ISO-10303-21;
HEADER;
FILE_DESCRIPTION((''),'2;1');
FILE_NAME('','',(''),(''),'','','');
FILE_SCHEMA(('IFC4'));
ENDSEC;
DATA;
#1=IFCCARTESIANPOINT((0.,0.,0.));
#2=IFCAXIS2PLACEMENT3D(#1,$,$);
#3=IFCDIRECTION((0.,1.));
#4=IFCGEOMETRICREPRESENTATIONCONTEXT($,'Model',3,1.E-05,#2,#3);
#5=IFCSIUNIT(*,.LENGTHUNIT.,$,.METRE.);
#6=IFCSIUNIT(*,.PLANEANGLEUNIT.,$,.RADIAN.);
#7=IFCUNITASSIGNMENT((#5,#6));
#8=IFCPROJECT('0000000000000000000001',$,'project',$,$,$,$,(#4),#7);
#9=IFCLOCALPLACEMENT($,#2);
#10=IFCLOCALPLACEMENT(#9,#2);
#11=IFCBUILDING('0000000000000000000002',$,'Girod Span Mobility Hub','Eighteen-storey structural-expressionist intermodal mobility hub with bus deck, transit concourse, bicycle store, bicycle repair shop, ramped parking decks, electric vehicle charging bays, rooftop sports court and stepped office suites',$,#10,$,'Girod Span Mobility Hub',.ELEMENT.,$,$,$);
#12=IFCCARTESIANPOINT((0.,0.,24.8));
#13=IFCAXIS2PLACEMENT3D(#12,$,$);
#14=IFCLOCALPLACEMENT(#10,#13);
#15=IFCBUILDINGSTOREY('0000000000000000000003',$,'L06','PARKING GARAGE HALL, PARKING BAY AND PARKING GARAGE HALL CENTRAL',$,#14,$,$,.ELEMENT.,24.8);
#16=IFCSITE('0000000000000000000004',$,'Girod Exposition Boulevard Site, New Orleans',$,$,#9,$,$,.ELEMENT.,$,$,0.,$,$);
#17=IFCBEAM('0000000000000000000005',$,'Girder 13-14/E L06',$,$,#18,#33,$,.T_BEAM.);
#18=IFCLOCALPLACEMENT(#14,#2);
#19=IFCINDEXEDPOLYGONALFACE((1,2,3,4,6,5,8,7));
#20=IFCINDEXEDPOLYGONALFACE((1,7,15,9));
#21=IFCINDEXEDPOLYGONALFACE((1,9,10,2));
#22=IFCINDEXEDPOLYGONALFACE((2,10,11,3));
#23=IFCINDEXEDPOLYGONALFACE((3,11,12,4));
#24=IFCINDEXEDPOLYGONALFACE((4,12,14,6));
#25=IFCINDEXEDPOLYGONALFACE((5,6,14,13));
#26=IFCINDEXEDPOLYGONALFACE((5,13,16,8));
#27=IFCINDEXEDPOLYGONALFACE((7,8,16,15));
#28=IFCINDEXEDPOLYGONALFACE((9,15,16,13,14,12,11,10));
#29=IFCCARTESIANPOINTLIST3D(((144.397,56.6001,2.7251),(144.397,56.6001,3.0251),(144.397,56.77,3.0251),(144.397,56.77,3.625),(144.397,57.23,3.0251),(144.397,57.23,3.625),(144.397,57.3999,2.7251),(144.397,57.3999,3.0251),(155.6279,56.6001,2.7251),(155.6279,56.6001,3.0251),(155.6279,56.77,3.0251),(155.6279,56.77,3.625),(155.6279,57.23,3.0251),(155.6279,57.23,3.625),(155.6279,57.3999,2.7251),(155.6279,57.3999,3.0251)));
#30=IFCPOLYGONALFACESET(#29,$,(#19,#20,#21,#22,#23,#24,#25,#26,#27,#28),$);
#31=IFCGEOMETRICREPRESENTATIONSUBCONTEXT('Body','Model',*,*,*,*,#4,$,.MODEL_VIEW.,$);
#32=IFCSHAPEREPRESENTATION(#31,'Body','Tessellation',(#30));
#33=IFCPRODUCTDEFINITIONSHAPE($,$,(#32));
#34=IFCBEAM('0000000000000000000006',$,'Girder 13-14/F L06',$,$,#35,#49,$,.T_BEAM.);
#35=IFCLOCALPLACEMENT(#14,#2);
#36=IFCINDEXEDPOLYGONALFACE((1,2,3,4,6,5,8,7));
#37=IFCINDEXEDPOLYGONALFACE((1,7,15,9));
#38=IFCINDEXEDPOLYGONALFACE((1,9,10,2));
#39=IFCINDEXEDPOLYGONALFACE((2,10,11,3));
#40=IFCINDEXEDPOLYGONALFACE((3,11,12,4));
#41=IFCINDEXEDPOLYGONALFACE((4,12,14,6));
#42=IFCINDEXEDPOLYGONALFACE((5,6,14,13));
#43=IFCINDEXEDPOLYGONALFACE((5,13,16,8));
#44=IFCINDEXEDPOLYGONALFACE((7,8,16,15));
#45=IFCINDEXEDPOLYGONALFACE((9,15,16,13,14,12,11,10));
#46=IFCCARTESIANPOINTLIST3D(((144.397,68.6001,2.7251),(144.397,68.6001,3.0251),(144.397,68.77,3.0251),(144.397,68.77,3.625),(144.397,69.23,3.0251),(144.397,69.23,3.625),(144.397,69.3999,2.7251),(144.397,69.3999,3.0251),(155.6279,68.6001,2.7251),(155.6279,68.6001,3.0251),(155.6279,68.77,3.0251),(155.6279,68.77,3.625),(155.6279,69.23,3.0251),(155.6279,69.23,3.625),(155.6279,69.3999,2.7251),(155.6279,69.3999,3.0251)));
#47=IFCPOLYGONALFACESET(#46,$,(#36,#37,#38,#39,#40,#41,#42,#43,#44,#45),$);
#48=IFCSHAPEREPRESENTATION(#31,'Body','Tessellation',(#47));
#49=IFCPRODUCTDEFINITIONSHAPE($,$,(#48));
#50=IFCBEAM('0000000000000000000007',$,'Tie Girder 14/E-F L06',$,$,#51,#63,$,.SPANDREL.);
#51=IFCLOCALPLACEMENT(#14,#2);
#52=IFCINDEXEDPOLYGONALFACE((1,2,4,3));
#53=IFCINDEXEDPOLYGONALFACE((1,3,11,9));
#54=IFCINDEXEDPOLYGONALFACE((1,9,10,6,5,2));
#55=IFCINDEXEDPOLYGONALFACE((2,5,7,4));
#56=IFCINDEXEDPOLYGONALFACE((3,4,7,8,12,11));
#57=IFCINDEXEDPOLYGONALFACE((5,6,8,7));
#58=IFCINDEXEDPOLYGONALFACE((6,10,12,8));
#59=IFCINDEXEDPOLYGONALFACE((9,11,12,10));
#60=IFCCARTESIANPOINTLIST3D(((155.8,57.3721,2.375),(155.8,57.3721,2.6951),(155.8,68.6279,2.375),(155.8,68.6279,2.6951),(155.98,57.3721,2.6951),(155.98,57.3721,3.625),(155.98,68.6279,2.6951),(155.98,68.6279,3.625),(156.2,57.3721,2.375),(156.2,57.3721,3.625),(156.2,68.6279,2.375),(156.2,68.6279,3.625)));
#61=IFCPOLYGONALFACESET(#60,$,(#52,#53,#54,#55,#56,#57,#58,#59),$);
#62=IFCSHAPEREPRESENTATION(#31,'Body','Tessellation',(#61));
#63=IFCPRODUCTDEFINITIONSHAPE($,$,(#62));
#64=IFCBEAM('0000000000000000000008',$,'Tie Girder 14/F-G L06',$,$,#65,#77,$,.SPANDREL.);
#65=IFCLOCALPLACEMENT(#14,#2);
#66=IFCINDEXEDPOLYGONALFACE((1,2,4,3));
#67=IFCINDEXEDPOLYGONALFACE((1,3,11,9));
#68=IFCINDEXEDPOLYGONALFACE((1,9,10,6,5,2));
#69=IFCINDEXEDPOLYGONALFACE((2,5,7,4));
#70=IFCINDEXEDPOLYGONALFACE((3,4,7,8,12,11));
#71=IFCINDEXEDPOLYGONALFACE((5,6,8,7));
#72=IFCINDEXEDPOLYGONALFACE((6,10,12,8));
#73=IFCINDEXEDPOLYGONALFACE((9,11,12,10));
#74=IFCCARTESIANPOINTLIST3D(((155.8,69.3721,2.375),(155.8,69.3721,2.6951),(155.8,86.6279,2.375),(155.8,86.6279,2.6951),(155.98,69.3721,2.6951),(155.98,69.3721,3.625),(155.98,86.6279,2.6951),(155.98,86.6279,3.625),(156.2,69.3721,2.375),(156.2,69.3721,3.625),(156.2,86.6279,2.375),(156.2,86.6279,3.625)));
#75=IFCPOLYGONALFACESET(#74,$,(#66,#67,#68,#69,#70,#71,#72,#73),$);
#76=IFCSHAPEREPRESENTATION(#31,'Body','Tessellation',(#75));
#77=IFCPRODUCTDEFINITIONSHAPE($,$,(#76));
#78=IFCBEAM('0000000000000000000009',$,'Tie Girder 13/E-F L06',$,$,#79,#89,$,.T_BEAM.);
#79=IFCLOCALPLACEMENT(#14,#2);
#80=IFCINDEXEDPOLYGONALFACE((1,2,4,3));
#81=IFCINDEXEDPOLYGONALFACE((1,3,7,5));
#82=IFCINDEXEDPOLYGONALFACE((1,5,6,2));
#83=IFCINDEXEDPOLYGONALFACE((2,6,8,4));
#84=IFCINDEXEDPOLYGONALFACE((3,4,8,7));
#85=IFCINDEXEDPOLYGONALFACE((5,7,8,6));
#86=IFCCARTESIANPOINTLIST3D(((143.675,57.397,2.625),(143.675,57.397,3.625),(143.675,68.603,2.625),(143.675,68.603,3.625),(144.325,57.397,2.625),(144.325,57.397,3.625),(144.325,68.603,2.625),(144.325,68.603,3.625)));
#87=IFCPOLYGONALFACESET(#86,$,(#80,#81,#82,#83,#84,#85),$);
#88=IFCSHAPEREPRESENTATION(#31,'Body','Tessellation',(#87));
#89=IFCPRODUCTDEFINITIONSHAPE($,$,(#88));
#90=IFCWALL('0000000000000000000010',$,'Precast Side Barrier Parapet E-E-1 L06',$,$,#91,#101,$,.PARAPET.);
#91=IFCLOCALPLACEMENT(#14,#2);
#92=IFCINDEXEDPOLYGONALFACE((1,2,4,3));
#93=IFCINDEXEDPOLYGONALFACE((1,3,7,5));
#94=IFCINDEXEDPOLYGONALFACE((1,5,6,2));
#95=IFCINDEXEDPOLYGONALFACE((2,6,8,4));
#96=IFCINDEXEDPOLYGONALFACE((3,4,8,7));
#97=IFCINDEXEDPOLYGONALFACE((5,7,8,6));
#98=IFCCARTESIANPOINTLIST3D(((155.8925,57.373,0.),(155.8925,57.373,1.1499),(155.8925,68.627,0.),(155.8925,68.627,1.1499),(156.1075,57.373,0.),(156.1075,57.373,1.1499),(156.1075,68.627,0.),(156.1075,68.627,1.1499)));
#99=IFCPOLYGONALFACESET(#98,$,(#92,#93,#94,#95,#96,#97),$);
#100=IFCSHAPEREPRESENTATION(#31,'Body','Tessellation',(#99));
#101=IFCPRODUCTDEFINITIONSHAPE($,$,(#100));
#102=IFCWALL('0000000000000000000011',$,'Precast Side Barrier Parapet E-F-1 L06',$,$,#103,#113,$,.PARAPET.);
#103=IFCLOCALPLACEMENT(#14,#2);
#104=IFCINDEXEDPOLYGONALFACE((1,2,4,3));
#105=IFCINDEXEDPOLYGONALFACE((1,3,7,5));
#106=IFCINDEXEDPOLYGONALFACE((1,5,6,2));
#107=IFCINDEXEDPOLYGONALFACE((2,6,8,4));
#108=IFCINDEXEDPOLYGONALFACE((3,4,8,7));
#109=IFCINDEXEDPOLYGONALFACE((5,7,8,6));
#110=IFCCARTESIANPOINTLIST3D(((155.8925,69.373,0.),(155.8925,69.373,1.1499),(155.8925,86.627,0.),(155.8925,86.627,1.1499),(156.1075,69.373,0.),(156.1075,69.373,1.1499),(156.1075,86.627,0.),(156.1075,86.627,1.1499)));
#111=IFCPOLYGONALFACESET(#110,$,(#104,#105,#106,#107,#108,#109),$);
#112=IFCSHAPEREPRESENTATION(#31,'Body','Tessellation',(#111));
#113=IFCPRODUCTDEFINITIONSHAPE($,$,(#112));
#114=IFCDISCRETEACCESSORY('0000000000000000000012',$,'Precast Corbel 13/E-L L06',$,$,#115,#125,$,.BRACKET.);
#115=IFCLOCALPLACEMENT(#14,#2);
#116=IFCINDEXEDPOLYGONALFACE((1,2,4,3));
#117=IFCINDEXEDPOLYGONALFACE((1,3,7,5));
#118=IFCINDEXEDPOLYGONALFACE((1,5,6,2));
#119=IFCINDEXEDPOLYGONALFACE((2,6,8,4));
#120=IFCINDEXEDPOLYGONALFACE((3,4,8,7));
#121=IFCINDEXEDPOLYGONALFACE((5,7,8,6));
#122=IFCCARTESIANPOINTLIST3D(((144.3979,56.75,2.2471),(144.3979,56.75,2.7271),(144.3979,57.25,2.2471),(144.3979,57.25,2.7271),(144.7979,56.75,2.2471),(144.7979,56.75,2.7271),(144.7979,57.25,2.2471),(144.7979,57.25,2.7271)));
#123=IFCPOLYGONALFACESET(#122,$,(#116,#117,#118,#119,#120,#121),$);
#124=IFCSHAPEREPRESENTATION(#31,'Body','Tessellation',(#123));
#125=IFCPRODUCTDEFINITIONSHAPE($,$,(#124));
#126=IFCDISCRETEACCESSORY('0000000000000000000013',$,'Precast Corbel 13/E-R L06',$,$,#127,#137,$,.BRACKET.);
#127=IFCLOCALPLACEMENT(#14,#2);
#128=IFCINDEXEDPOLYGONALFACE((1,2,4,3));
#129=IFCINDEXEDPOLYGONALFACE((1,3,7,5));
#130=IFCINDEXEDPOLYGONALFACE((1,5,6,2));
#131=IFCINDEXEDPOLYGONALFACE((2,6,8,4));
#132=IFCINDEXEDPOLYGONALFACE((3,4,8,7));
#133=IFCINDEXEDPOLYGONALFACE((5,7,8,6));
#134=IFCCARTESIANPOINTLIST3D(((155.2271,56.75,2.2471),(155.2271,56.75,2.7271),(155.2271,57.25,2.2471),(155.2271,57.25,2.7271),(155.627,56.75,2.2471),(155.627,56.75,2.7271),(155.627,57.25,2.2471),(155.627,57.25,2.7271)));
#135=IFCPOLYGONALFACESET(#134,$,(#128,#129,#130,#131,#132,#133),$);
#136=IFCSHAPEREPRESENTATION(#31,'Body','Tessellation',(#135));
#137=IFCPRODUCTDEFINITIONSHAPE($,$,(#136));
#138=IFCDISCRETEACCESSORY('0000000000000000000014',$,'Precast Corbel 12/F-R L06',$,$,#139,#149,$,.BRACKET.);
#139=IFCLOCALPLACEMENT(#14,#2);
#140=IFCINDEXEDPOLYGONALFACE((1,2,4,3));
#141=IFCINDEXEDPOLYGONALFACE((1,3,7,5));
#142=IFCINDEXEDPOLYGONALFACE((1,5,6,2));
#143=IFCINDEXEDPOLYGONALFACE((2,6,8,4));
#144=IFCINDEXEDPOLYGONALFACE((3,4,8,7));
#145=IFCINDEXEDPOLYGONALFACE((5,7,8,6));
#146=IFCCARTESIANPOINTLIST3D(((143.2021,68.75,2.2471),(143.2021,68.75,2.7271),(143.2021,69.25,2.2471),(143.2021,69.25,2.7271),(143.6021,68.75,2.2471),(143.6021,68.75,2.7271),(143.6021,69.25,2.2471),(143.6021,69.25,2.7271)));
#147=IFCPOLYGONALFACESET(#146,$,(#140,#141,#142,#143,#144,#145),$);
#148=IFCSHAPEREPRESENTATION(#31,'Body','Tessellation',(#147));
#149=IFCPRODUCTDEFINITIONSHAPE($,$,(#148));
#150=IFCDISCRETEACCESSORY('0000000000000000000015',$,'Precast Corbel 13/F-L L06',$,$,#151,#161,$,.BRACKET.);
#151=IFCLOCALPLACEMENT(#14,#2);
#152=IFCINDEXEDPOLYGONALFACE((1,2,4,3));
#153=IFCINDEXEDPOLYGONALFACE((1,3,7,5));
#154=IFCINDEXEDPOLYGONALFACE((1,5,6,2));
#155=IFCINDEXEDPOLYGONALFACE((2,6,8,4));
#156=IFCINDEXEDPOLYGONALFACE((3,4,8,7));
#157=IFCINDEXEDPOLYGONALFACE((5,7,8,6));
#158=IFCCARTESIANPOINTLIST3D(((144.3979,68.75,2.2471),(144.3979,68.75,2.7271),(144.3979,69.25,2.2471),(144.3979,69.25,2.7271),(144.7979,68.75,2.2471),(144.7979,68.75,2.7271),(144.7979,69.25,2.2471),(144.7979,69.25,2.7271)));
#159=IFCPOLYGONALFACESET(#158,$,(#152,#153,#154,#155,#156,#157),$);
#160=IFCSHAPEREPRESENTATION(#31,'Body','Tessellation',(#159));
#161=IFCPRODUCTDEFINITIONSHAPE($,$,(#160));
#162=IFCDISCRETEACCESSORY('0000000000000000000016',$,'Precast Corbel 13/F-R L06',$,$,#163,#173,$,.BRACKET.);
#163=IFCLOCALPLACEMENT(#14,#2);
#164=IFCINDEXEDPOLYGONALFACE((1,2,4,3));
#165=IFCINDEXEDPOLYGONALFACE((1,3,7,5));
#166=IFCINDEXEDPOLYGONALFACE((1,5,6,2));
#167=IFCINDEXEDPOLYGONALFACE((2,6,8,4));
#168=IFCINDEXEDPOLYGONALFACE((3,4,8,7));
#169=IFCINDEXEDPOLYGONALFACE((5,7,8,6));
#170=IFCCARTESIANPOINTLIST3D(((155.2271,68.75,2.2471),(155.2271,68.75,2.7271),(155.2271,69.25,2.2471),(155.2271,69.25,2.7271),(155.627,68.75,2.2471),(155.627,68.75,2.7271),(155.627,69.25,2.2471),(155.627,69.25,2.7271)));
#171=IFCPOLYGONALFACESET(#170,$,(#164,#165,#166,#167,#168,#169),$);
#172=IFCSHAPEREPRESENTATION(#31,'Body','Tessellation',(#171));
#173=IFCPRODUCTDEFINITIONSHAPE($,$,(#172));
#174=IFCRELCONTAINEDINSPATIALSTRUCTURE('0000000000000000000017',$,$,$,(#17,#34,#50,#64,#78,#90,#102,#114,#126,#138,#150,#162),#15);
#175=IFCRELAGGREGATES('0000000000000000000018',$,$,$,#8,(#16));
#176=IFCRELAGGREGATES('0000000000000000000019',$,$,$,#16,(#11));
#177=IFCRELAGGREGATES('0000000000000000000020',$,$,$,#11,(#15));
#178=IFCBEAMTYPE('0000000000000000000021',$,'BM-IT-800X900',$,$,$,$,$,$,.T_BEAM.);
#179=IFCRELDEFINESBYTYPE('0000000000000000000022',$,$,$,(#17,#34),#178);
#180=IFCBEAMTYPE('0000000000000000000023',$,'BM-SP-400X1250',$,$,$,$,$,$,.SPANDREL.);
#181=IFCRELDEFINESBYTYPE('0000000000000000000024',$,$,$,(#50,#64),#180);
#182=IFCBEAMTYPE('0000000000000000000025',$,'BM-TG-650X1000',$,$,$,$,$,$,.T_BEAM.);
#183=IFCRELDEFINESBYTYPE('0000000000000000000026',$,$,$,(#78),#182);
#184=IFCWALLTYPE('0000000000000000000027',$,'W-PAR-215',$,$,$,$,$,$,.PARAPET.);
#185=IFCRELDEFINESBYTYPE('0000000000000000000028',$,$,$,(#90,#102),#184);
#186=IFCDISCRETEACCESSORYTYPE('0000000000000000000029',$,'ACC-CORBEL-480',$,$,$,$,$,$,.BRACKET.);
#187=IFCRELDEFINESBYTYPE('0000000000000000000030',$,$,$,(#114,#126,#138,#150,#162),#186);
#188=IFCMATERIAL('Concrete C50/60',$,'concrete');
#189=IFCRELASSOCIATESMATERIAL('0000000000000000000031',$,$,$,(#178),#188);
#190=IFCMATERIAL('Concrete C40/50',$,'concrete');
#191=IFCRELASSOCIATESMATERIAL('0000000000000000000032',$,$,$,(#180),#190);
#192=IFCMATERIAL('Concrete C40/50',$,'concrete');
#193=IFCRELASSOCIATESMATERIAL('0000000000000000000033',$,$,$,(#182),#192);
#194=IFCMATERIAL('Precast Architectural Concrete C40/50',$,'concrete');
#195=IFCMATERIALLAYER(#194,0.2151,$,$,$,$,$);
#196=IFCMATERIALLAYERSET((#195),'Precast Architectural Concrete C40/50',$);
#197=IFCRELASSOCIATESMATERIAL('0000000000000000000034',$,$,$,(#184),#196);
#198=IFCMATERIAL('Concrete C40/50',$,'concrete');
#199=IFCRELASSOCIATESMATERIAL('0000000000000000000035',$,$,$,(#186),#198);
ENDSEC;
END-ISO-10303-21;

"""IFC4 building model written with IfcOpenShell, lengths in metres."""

from ifc_helpers import new_model, si_unit, direction, frame, frame_2d, origin, origin_2d, place, context, subcontext, project, spatial, polyline, rectangle, outline, extrude, material, layer, layer_set, material_profile, profile_set, type_object, element, save


model = new_model("IFC4")

# Units and contexts
model_context = context("Model", 3, precision=1e-05, world=origin(), true_north=direction((0.0, 1.0)))
body_context = subcontext(model_context, "Body", "Model", "MODEL_VIEW")
ifc_project = project(units=[si_unit("LENGTHUNIT", "METRE"), si_unit("PLANEANGLEUNIT", "RADIAN")], contexts=[model_context])

# Site, building, storey
site_placement = place(None, origin())
site = spatial("IfcSite", under=ifc_project, at=site_placement, Name="Girod Exposition Boulevard Site, New Orleans", CompositionType="ELEMENT", RefElevation=0.0)
building_placement = place(site_placement, origin())
building = spatial("IfcBuilding", under=site, at=building_placement, Name="Girod Span Mobility Hub", Description="Eighteen-storey structural-expressionist intermodal mobility hub with bus deck, transit concourse, bicycle store, bicycle repair shop, ramped parking decks, electric vehicle charging bays, rooftop sports court and stepped office suites", LongName="Girod Span Mobility Hub", CompositionType="ELEMENT")
storey_placement = place(building_placement, frame((0.0, 0.0, 24.8)))
storey = spatial("IfcBuildingStorey", under=building, at=storey_placement, Name="L06", Description="PARKING GARAGE HALL, PARKING BAY AND PARKING GARAGE HALL CENTRAL", CompositionType="ELEMENT", Elevation=24.8)

# Beams
ifc_material_1 = material(Name="Concrete C50/60", Category="concrete")
ifc_material_profile_1 = material_profile(ifc_material_1, outline(polyline([(-0.3999, -0.45), (0.3999, -0.45), (0.3999, -0.1499), (0.23, -0.1499), (0.23, 0.45), (-0.23, 0.45), (-0.23, -0.1499), (-0.3999, -0.1499), (-0.3999, -0.45)])), Name="IT-800X900")
ifc_profile_set_1 = profile_set([ifc_material_profile_1], Name="Concrete C50/60")
beam_type_1 = type_object("IfcBeamType", Name="BM-IT-800X900", PredefinedType="T_BEAM", material=ifc_profile_set_1)
for number, where, z_axis, x_axis, name in (
    (1, (144.397, 57.0, 3.175), (1.0, 0.0, 0.0), (0.0, 1.0, 0.0), "Girder 13-14/E L06"),
    (2, (144.397, 69.0, 3.175), (1.0, 0.0, 0.0), (0.0, 1.0, 0.0), "Girder 13-14/F L06"),
):
    element("IfcBeam", number, at=place(storey_placement, frame(where, z_axis=z_axis, x_axis=x_axis)), inside=storey, type_object=beam_type_1, Name=name, PredefinedType="T_BEAM", context=body_context, shape_type="SweptSolid", body=[
        extrude(outline(polyline([(-0.3999, -0.45), (0.3999, -0.45), (0.3999, -0.1499), (0.23, -0.1499), (0.23, 0.45), (-0.23, 0.45), (-0.23, -0.1499), (-0.3999, -0.1499), (-0.3999, -0.45)])), origin(), (0.0, 0.0, 1.0), 11.231),
    ])
ifc_material_2 = material(Name="Concrete C40/50", Category="concrete")
ifc_material_profile_2 = material_profile(ifc_material_2, outline(polyline([(-0.2, -0.625), (0.2, -0.625), (0.2, -0.3049), (0.02, -0.3049), (0.02, 0.625), (-0.2, 0.625), (-0.2, -0.625)])), Name="SP-400X1250")
ifc_profile_set_2 = profile_set([ifc_material_profile_2], Name="Concrete C40/50")
beam_type_2 = type_object("IfcBeamType", Name="BM-SP-400X1250", PredefinedType="SPANDREL", material=ifc_profile_set_2)
beam_1_placement = place(storey_placement, frame((156.0, 57.3721, 3.0), z_axis=(0.0, 1.0, 0.0), x_axis=(-1.0, 0.0, 0.0)))
element("IfcBeam", 3, at=beam_1_placement, inside=storey, type_object=beam_type_2, Name="Tie Girder 14/E-F L06", PredefinedType="SPANDREL", context=body_context, shape_type="SweptSolid", body=[
    extrude(outline(polyline([(-0.2, -0.625), (0.2, -0.625), (0.2, -0.3049), (0.02, -0.3049), (0.02, 0.625), (-0.2, 0.625), (-0.2, -0.625)])), origin(), (0.0, 0.0, 1.0), 11.2559),
])
beam_2_placement = place(storey_placement, frame((156.0, 69.3721, 3.0), z_axis=(0.0, 1.0, 0.0), x_axis=(-1.0, 0.0, 0.0)))
element("IfcBeam", 4, at=beam_2_placement, inside=storey, type_object=beam_type_2, Name="Tie Girder 14/F-G L06", PredefinedType="SPANDREL", context=body_context, shape_type="SweptSolid", body=[
    extrude(outline(polyline([(-0.2, -0.625), (0.2, -0.625), (0.2, -0.3049), (0.02, -0.3049), (0.02, 0.625), (-0.2, 0.625), (-0.2, -0.625)])), origin(), (0.0, 0.0, 1.0), 17.2559),
])
ifc_material_3 = material(Name="Concrete C40/50", Category="concrete")
ifc_material_profile_3 = material_profile(ifc_material_3, rectangle(XDim=0.6499, YDim=1.0, at=origin_2d()), Name="TG-650X1000")
ifc_profile_set_3 = profile_set([ifc_material_profile_3], Name="Concrete C40/50")
beam_type_3 = type_object("IfcBeamType", Name="BM-TG-650X1000", PredefinedType="T_BEAM", material=ifc_profile_set_3)
beam_3_placement = place(storey_placement, frame((144.0, 57.397, 3.125), z_axis=(0.0, 1.0, 0.0), x_axis=(-1.0, 0.0, 0.0)))
element("IfcBeam", 5, at=beam_3_placement, inside=storey, type_object=beam_type_3, Name="Tie Girder 13/E-F L06", PredefinedType="T_BEAM", context=body_context, shape_type="SweptSolid", body=[
    extrude(rectangle(XDim=0.6499, YDim=1.0, at=origin_2d()), origin(), (0.0, 0.0, 1.0), 11.2061),
])

# Walls
ifc_material_4 = material(Name="Precast Architectural Concrete C40/50", Category="concrete")
ifc_layer = layer(ifc_material_4, 0.2151)
ifc_layer_set = layer_set([ifc_layer], Name="Precast Architectural Concrete C40/50")
wall_type = type_object("IfcWallType", Name="W-PAR-215", PredefinedType="PARAPET", material=ifc_layer_set)
wall_1_placement = place(storey_placement, frame((156.0, 57.373, 0.0), z_axis=(0.0, 0.0, 1.0), x_axis=(0.0, 1.0, 0.0)))
element("IfcWall", 6, at=wall_1_placement, inside=storey, type_object=wall_type, Name="Precast Side Barrier Parapet E-E-1 L06", PredefinedType="PARAPET", context=body_context, shape_type="SweptSolid", body=[
    extrude(rectangle(XDim=11.2539, YDim=0.2151, at=frame_2d((5.627, 0.0))), origin(), (0.0, 0.0, 1.0), 1.1499),
])
wall_2_placement = place(storey_placement, frame((156.0, 69.373, 0.0), z_axis=(0.0, 0.0, 1.0), x_axis=(0.0, 1.0, 0.0)))
element("IfcWall", 7, at=wall_2_placement, inside=storey, type_object=wall_type, Name="Precast Side Barrier Parapet E-F-1 L06", PredefinedType="PARAPET", context=body_context, shape_type="SweptSolid", body=[
    extrude(rectangle(XDim=17.2539, YDim=0.2151, at=frame_2d((8.627, 0.0))), origin(), (0.0, 0.0, 1.0), 1.1499),
])

# Discrete accessories
ifc_material_5 = material(Name="Concrete C40/50", Category="concrete")
discrete_accessory_type = type_object("IfcDiscreteAccessoryType", Name="ACC-CORBEL-480", PredefinedType="BRACKET", material=ifc_material_5)
for number, where, z_axis, x_axis, name in (
    (8, (144.5979, 57.0, 2.2471), (0.0, 0.0, 1.0), (1.0, 0.0, 0.0), "Precast Corbel 13/E-L L06"),
    (9, (155.427, 57.0, 2.2471), (0.0, 0.0, 1.0), (1.0, 0.0, 0.0), "Precast Corbel 13/E-R L06"),
    (10, (143.4021, 69.0, 2.2471), (0.0, 0.0, 1.0), (1.0, 0.0, 0.0), "Precast Corbel 12/F-R L06"),
    (11, (144.5979, 69.0, 2.2471), (0.0, 0.0, 1.0), (1.0, 0.0, 0.0), "Precast Corbel 13/F-L L06"),
    (12, (155.427, 69.0, 2.2471), (0.0, 0.0, 1.0), (1.0, 0.0, 0.0), "Precast Corbel 13/F-R L06"),
):
    element("IfcDiscreteAccessory", number, at=place(storey_placement, frame(where, z_axis=z_axis, x_axis=x_axis)), inside=storey, type_object=discrete_accessory_type, Name=name, PredefinedType="BRACKET", context=body_context, shape_type="SweptSolid", body=[
        extrude(rectangle(XDim=0.3999, YDim=0.5, at=origin_2d()), origin(), (0.0, 0.0, 1.0), 0.48),
    ])

save(model, "model.ifc")
